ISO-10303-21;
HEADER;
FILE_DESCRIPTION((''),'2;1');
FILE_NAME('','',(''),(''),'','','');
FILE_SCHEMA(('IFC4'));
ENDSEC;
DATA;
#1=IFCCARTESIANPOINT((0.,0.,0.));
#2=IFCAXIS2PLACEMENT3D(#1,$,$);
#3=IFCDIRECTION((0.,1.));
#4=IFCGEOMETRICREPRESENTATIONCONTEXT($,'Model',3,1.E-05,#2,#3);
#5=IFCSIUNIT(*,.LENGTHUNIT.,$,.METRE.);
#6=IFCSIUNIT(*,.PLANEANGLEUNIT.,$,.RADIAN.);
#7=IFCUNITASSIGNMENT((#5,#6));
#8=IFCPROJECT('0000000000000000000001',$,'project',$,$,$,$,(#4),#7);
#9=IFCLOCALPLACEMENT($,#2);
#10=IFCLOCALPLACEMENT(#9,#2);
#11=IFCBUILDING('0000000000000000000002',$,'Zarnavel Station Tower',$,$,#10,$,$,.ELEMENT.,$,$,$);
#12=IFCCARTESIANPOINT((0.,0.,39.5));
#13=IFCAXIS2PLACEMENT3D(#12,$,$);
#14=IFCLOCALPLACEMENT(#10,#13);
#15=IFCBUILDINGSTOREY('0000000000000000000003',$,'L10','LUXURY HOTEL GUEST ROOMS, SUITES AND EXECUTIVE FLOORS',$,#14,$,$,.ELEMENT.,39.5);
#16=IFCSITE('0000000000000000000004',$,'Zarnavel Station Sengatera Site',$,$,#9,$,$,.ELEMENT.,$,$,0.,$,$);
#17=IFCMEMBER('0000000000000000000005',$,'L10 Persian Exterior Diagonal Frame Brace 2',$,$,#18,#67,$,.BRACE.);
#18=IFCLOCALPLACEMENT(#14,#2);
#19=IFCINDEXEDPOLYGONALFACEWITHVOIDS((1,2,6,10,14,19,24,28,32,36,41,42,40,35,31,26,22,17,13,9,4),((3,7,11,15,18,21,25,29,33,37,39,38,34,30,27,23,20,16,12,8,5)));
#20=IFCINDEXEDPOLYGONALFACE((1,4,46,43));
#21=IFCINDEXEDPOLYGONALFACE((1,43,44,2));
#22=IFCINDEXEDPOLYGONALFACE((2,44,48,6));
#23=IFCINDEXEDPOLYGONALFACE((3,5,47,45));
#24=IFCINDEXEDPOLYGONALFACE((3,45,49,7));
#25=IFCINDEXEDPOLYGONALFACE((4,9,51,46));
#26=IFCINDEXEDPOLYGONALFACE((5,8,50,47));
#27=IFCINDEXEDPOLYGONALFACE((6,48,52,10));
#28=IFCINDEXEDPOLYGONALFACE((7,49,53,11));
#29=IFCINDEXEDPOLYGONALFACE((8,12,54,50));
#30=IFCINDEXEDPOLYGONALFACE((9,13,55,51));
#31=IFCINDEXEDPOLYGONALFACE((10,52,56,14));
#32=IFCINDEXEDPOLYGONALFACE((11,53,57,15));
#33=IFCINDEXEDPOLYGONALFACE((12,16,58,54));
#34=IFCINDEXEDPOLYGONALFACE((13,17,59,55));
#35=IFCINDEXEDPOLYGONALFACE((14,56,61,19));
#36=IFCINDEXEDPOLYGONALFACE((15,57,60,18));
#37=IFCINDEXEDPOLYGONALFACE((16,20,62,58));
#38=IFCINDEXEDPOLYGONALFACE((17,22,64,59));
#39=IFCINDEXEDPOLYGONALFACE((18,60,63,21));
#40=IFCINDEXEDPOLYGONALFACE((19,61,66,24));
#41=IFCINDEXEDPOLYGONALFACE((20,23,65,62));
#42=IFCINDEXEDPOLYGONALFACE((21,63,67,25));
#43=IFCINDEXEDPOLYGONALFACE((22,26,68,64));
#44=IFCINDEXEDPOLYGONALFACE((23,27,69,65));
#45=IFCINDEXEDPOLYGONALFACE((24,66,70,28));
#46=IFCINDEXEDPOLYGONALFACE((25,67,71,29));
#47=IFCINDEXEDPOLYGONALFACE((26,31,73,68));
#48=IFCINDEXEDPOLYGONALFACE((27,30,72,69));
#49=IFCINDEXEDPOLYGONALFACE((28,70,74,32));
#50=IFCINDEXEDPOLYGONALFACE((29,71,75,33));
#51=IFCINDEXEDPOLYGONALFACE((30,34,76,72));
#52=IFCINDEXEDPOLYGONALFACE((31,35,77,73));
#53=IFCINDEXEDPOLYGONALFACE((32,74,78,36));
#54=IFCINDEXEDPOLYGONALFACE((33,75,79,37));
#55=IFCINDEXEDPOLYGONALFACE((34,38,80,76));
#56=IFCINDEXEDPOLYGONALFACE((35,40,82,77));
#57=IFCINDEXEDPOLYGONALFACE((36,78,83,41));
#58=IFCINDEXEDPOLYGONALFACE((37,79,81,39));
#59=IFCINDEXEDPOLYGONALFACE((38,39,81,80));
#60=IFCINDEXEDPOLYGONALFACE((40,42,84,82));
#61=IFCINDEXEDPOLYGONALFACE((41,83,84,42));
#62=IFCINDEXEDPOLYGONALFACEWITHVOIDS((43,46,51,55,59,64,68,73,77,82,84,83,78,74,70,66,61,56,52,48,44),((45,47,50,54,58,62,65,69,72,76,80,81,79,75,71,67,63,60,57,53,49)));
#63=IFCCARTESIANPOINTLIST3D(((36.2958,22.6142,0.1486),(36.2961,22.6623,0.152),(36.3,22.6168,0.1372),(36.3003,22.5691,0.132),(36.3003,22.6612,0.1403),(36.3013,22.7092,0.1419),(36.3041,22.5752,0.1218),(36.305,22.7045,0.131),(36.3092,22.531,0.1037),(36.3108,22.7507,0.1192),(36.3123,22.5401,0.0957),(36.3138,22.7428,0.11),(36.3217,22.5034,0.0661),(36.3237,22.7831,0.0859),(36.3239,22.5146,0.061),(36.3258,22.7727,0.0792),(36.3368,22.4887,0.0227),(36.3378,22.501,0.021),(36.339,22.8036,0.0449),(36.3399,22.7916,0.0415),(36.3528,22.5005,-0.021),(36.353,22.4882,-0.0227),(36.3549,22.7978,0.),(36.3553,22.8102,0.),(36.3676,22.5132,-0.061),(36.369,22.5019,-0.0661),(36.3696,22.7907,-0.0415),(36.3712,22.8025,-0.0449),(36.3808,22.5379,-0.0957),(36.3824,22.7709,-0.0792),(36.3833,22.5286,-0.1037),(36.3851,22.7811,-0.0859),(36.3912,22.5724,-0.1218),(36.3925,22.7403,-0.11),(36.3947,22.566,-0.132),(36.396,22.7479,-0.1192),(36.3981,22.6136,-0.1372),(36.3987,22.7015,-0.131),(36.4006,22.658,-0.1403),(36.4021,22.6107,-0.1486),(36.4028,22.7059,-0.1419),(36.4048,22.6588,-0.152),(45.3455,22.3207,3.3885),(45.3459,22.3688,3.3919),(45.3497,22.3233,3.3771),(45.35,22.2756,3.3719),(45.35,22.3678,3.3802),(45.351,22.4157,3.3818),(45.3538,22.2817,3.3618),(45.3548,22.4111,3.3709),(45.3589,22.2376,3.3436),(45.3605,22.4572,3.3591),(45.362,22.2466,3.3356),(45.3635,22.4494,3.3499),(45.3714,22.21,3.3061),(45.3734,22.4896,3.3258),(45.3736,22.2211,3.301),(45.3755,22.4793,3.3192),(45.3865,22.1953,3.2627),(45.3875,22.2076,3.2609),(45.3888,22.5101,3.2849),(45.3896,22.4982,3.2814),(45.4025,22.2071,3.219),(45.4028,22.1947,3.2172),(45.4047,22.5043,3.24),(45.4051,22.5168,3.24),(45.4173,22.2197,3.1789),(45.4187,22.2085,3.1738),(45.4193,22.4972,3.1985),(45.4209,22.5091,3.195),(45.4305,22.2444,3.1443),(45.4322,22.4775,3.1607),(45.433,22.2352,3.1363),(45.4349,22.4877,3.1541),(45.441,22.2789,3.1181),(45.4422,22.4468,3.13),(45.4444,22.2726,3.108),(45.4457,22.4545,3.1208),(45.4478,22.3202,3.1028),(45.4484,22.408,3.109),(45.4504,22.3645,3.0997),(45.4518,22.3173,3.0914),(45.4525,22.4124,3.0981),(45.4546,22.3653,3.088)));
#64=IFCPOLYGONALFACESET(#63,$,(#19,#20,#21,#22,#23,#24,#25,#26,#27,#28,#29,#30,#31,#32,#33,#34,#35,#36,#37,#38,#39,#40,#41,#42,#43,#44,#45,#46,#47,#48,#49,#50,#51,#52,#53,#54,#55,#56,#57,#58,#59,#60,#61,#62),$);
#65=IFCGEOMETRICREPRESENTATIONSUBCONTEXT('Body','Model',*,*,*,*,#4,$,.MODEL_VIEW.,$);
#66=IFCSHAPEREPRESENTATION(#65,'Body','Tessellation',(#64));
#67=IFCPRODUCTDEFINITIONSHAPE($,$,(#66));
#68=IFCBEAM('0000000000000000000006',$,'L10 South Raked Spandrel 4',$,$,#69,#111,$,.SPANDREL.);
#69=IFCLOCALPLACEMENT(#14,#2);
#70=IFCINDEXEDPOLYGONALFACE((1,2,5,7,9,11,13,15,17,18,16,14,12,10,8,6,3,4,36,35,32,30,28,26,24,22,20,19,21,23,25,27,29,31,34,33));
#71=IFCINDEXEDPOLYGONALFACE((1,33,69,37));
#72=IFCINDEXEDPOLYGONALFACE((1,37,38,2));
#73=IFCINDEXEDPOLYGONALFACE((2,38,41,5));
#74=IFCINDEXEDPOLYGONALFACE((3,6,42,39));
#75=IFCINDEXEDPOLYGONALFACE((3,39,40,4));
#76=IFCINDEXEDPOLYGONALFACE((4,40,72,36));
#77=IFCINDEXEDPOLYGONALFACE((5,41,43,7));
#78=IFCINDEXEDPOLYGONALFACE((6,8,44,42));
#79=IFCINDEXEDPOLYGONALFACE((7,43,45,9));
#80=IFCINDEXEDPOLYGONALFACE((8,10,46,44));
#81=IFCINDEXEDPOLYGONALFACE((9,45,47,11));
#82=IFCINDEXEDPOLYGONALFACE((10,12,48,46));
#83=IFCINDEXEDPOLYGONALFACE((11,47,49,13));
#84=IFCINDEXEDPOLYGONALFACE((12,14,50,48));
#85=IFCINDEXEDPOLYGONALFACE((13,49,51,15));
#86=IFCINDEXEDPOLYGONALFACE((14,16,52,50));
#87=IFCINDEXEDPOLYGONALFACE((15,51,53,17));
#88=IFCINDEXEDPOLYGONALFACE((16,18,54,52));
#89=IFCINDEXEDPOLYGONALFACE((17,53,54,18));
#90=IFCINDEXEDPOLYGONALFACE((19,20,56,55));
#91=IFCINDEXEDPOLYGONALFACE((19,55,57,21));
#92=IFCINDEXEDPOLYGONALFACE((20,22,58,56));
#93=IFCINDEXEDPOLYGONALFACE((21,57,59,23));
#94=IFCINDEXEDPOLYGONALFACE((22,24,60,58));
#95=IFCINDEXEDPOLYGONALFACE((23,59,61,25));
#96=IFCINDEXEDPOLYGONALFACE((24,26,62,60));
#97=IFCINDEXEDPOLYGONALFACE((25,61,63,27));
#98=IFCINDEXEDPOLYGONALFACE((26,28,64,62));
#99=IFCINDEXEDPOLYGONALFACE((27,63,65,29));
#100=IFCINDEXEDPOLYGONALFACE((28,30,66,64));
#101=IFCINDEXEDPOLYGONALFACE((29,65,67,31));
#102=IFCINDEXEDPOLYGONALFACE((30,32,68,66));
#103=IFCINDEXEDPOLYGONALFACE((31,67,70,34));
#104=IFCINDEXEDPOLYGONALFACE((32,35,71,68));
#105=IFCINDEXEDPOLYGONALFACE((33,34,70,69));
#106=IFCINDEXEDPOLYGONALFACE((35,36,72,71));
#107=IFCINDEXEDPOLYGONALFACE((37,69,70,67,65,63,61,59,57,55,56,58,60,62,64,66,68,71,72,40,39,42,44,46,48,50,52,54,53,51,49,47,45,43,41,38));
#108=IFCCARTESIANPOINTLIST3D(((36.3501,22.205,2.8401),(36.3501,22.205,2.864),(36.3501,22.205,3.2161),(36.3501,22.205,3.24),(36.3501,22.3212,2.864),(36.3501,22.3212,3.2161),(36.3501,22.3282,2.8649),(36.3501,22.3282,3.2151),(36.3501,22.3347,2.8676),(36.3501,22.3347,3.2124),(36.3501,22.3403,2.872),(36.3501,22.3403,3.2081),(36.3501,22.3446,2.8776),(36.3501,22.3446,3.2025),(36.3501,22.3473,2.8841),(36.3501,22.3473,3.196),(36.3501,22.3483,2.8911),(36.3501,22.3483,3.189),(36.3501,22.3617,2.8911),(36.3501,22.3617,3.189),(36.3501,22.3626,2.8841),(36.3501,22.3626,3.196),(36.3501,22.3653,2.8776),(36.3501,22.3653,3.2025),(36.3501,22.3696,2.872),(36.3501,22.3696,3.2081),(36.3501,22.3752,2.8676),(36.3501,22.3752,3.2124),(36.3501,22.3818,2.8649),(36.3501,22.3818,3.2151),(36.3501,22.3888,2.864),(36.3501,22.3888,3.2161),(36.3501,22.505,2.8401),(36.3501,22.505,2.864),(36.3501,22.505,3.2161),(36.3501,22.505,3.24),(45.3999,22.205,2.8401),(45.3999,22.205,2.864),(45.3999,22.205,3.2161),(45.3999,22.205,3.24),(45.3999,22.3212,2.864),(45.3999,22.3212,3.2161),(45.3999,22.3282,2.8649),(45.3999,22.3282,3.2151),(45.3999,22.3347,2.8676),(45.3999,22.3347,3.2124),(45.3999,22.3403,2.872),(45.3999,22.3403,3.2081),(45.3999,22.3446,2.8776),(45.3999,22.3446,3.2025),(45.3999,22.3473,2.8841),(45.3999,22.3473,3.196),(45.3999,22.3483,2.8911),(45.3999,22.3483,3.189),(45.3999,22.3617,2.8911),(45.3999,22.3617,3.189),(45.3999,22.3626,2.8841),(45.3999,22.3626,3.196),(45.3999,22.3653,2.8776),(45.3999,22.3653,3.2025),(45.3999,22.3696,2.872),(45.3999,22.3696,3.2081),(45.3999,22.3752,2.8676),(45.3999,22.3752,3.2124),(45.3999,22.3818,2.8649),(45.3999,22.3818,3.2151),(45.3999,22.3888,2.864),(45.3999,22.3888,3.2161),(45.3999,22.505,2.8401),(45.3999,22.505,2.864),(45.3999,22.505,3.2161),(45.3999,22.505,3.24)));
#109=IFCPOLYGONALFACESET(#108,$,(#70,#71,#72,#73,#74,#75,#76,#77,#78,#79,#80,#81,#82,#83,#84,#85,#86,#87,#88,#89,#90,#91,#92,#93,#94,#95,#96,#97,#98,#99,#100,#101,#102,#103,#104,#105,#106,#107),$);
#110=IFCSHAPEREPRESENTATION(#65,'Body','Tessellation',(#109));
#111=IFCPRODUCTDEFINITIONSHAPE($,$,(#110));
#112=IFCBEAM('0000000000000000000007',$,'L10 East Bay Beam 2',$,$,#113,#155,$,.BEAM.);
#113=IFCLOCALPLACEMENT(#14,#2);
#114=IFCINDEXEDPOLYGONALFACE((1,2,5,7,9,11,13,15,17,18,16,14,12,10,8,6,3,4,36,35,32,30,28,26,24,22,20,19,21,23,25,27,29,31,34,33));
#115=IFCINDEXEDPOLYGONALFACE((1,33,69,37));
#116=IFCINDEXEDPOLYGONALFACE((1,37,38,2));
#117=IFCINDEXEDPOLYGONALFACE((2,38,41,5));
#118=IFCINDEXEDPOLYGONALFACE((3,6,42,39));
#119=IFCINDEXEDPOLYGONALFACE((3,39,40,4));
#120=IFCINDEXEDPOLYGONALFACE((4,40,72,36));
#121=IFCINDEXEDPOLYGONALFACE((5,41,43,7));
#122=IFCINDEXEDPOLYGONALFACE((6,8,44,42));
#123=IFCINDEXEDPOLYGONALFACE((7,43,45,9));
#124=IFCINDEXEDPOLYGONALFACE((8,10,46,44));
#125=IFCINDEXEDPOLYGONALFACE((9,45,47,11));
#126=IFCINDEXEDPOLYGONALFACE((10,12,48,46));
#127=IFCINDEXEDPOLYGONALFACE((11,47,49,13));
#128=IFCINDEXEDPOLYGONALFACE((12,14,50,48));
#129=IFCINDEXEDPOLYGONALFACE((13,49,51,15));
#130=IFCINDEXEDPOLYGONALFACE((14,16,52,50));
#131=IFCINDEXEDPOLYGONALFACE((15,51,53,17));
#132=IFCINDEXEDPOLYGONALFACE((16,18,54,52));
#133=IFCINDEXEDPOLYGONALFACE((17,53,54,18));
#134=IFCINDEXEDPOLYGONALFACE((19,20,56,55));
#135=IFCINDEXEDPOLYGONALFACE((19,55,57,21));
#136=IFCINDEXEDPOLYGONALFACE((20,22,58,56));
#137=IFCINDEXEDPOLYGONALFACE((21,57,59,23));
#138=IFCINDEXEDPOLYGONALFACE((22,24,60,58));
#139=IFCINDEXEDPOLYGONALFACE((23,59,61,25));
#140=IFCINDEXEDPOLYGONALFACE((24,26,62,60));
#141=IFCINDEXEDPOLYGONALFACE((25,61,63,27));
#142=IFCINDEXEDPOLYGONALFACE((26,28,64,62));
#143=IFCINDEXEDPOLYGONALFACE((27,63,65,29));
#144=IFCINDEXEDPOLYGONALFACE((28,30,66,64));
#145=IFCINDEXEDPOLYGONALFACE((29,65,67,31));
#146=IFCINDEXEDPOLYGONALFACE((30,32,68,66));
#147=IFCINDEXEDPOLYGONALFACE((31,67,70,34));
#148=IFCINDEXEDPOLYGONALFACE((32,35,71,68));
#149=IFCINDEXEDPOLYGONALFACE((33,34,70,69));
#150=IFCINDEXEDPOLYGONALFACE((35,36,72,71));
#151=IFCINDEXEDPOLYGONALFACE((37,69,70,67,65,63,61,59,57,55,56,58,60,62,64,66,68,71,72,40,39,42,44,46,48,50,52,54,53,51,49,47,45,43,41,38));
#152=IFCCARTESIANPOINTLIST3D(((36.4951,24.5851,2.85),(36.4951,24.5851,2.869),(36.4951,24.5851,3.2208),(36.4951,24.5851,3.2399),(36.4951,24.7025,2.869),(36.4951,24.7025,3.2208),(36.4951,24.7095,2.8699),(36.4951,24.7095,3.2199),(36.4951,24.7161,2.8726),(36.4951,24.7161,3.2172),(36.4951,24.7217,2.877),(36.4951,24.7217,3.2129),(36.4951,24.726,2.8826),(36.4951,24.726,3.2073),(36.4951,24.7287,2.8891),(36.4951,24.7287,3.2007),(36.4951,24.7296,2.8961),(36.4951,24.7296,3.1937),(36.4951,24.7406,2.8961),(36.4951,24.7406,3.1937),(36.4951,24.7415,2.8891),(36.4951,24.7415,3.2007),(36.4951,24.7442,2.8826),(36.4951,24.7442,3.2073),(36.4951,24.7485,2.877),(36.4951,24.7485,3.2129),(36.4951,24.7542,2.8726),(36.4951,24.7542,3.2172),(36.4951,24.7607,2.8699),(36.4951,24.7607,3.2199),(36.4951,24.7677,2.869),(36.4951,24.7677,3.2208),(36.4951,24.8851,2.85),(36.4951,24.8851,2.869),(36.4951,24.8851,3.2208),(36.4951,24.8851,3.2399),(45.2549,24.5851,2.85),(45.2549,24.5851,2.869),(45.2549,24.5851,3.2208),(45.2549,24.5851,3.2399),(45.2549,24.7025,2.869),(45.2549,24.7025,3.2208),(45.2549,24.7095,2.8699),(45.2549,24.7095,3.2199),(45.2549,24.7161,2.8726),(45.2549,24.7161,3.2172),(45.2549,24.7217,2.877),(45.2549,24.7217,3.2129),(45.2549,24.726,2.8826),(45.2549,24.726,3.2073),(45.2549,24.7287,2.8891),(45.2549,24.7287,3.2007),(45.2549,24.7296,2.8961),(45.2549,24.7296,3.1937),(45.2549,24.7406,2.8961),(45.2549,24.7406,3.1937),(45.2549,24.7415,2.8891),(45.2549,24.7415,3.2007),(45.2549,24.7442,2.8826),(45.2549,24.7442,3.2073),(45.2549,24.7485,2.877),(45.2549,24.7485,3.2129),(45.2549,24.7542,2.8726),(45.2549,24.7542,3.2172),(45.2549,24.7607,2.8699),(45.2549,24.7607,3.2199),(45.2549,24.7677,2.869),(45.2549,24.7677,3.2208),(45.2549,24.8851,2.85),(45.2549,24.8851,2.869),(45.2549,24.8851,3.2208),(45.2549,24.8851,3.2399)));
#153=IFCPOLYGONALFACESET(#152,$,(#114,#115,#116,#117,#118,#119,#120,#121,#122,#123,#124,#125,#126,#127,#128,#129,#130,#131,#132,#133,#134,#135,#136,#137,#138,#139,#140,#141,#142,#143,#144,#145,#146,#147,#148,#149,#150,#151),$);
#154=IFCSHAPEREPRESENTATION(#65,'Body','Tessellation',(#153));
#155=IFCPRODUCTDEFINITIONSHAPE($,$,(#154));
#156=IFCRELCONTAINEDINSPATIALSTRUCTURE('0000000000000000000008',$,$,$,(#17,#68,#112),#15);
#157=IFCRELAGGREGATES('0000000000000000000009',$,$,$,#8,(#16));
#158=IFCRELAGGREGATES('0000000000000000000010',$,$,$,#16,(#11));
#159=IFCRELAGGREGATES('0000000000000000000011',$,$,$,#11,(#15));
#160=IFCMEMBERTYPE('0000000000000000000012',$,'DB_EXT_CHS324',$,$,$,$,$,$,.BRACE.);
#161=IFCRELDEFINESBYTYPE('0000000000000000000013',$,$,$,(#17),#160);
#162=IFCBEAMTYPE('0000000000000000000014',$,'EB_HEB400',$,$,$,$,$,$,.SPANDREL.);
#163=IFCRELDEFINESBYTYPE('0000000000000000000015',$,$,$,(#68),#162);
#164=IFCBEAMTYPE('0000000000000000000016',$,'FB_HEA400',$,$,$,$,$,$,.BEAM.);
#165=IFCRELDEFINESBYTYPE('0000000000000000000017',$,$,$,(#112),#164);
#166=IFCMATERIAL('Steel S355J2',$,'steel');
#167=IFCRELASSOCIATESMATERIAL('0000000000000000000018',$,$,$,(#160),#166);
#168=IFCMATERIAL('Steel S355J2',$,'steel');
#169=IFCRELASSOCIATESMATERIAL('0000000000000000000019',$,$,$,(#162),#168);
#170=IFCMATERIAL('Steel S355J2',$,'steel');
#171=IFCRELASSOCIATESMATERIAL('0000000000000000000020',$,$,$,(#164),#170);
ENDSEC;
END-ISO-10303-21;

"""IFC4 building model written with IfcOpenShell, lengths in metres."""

from ifc_helpers import new_model, si_unit, direction, frame, origin, origin_2d, place, context, subcontext, project, spatial, hollow_circle, i_section, extrude, material, material_profile, profile_set, type_object, element, save


model = new_model("IFC4")

# Units and contexts
model_context = context("Model", 3, precision=1e-05, world=origin(), true_north=direction((0.0, 1.0)))
body_context = subcontext(model_context, "Body", "Model", "MODEL_VIEW")
ifc_project = project(units=[si_unit("LENGTHUNIT", "METRE"), si_unit("PLANEANGLEUNIT", "RADIAN")], contexts=[model_context])

# Site, building, storey
site_placement = place(None, origin())
site = spatial("IfcSite", under=ifc_project, at=site_placement, Name="Zarnavel Station Sengatera Site", CompositionType="ELEMENT", RefElevation=0.0)
building_placement = place(site_placement, origin())
building = spatial("IfcBuilding", under=site, at=building_placement, Name="Zarnavel Station Tower", CompositionType="ELEMENT")
storey_placement = place(building_placement, frame((0.0, 0.0, 39.5)))
storey = spatial("IfcBuildingStorey", under=building, at=storey_placement, Name="L10", Description="LUXURY HOTEL GUEST ROOMS, SUITES AND EXECUTIVE FLOORS", CompositionType="ELEMENT", Elevation=39.5)

# Member
ifc_material_1 = material(Name="Steel S355J2", Category="steel")
ifc_material_profile_1 = material_profile(ifc_material_1, hollow_circle(Radius=0.1619, WallThickness=0.0125, at=origin_2d()), Name="CHS323.9x12.5")
ifc_profile_set_1 = profile_set([ifc_material_profile_1], Name="Steel S355J2")
member_type_1 = type_object("IfcMemberType", Name="DB_EXT_CHS324", PredefinedType="BRACE", material=ifc_profile_set_1)
member_1_placement = place(storey_placement, frame((36.3501, 22.6484, 0.0), z_axis=(0.941042, -0.030515, 0.33691), x_axis=(0.03241, 0.999475, 0.0)))
element("IfcMember", 1, at=member_1_placement, inside=storey, type_object=member_type_1, Name="L10 Persian Exterior Diagonal Frame Brace 2", PredefinedType="BRACE", context=body_context, shape_type="SweptSolid", body=[
    extrude(hollow_circle(Radius=0.1619, WallThickness=0.0125, at=origin_2d()), origin(), (0.0, 0.0, 1.0), 9.6167),
])

# Beams
ifc_material_2 = material(Name="Steel S355J2", Category="steel")
ifc_material_profile_2 = material_profile(ifc_material_2, i_section(OverallWidth=0.3, OverallDepth=0.3999, WebThickness=0.0134, FlangeThickness=0.0239, FilletRadius=0.0271, at=origin_2d()), Name="HEB400")
ifc_profile_set_2 = profile_set([ifc_material_profile_2], Name="Steel S355J2")
beam_type_1 = type_object("IfcBeamType", Name="EB_HEB400", PredefinedType="SPANDREL", material=ifc_profile_set_2)
beam_1_placement = place(storey_placement, frame((36.3501, 22.355, 3.04), z_axis=(1.0, 0.0, 0.0), x_axis=(0.0, 1.0, 0.0)))
element("IfcBeam", 2, at=beam_1_placement, inside=storey, type_object=beam_type_1, Name="L10 South Raked Spandrel 4", PredefinedType="SPANDREL", context=body_context, shape_type="SweptSolid", body=[
    extrude(i_section(OverallWidth=0.3, OverallDepth=0.3999, WebThickness=0.0134, FlangeThickness=0.0239, FilletRadius=0.0271, at=origin_2d()), origin(), (0.0, 0.0, 1.0), 9.0498),
])
ifc_material_3 = material(Name="Steel S355J2", Category="steel")
ifc_material_profile_3 = material_profile(ifc_material_3, i_section(OverallWidth=0.3, OverallDepth=0.3899, WebThickness=0.011, FlangeThickness=0.019, FilletRadius=0.0271, at=origin_2d()), Name="HEA400")
ifc_profile_set_3 = profile_set([ifc_material_profile_3], Name="Steel S355J2")
beam_type_2 = type_object("IfcBeamType", Name="FB_HEA400", PredefinedType="BEAM", material=ifc_profile_set_3)
beam_2_placement = place(storey_placement, frame((36.4951, 24.7351, 3.0449), z_axis=(1.0, 0.0, 0.0), x_axis=(0.0, 1.0, 0.0)))
element("IfcBeam", 3, at=beam_2_placement, inside=storey, type_object=beam_type_2, Name="L10 East Bay Beam 2", PredefinedType="BEAM", context=body_context, shape_type="SweptSolid", body=[
    extrude(i_section(OverallWidth=0.3, OverallDepth=0.3899, WebThickness=0.011, FlangeThickness=0.019, FilletRadius=0.0271, at=origin_2d()), origin(), (0.0, 0.0, 1.0), 8.7598),
])

save(model, "model.ifc")
